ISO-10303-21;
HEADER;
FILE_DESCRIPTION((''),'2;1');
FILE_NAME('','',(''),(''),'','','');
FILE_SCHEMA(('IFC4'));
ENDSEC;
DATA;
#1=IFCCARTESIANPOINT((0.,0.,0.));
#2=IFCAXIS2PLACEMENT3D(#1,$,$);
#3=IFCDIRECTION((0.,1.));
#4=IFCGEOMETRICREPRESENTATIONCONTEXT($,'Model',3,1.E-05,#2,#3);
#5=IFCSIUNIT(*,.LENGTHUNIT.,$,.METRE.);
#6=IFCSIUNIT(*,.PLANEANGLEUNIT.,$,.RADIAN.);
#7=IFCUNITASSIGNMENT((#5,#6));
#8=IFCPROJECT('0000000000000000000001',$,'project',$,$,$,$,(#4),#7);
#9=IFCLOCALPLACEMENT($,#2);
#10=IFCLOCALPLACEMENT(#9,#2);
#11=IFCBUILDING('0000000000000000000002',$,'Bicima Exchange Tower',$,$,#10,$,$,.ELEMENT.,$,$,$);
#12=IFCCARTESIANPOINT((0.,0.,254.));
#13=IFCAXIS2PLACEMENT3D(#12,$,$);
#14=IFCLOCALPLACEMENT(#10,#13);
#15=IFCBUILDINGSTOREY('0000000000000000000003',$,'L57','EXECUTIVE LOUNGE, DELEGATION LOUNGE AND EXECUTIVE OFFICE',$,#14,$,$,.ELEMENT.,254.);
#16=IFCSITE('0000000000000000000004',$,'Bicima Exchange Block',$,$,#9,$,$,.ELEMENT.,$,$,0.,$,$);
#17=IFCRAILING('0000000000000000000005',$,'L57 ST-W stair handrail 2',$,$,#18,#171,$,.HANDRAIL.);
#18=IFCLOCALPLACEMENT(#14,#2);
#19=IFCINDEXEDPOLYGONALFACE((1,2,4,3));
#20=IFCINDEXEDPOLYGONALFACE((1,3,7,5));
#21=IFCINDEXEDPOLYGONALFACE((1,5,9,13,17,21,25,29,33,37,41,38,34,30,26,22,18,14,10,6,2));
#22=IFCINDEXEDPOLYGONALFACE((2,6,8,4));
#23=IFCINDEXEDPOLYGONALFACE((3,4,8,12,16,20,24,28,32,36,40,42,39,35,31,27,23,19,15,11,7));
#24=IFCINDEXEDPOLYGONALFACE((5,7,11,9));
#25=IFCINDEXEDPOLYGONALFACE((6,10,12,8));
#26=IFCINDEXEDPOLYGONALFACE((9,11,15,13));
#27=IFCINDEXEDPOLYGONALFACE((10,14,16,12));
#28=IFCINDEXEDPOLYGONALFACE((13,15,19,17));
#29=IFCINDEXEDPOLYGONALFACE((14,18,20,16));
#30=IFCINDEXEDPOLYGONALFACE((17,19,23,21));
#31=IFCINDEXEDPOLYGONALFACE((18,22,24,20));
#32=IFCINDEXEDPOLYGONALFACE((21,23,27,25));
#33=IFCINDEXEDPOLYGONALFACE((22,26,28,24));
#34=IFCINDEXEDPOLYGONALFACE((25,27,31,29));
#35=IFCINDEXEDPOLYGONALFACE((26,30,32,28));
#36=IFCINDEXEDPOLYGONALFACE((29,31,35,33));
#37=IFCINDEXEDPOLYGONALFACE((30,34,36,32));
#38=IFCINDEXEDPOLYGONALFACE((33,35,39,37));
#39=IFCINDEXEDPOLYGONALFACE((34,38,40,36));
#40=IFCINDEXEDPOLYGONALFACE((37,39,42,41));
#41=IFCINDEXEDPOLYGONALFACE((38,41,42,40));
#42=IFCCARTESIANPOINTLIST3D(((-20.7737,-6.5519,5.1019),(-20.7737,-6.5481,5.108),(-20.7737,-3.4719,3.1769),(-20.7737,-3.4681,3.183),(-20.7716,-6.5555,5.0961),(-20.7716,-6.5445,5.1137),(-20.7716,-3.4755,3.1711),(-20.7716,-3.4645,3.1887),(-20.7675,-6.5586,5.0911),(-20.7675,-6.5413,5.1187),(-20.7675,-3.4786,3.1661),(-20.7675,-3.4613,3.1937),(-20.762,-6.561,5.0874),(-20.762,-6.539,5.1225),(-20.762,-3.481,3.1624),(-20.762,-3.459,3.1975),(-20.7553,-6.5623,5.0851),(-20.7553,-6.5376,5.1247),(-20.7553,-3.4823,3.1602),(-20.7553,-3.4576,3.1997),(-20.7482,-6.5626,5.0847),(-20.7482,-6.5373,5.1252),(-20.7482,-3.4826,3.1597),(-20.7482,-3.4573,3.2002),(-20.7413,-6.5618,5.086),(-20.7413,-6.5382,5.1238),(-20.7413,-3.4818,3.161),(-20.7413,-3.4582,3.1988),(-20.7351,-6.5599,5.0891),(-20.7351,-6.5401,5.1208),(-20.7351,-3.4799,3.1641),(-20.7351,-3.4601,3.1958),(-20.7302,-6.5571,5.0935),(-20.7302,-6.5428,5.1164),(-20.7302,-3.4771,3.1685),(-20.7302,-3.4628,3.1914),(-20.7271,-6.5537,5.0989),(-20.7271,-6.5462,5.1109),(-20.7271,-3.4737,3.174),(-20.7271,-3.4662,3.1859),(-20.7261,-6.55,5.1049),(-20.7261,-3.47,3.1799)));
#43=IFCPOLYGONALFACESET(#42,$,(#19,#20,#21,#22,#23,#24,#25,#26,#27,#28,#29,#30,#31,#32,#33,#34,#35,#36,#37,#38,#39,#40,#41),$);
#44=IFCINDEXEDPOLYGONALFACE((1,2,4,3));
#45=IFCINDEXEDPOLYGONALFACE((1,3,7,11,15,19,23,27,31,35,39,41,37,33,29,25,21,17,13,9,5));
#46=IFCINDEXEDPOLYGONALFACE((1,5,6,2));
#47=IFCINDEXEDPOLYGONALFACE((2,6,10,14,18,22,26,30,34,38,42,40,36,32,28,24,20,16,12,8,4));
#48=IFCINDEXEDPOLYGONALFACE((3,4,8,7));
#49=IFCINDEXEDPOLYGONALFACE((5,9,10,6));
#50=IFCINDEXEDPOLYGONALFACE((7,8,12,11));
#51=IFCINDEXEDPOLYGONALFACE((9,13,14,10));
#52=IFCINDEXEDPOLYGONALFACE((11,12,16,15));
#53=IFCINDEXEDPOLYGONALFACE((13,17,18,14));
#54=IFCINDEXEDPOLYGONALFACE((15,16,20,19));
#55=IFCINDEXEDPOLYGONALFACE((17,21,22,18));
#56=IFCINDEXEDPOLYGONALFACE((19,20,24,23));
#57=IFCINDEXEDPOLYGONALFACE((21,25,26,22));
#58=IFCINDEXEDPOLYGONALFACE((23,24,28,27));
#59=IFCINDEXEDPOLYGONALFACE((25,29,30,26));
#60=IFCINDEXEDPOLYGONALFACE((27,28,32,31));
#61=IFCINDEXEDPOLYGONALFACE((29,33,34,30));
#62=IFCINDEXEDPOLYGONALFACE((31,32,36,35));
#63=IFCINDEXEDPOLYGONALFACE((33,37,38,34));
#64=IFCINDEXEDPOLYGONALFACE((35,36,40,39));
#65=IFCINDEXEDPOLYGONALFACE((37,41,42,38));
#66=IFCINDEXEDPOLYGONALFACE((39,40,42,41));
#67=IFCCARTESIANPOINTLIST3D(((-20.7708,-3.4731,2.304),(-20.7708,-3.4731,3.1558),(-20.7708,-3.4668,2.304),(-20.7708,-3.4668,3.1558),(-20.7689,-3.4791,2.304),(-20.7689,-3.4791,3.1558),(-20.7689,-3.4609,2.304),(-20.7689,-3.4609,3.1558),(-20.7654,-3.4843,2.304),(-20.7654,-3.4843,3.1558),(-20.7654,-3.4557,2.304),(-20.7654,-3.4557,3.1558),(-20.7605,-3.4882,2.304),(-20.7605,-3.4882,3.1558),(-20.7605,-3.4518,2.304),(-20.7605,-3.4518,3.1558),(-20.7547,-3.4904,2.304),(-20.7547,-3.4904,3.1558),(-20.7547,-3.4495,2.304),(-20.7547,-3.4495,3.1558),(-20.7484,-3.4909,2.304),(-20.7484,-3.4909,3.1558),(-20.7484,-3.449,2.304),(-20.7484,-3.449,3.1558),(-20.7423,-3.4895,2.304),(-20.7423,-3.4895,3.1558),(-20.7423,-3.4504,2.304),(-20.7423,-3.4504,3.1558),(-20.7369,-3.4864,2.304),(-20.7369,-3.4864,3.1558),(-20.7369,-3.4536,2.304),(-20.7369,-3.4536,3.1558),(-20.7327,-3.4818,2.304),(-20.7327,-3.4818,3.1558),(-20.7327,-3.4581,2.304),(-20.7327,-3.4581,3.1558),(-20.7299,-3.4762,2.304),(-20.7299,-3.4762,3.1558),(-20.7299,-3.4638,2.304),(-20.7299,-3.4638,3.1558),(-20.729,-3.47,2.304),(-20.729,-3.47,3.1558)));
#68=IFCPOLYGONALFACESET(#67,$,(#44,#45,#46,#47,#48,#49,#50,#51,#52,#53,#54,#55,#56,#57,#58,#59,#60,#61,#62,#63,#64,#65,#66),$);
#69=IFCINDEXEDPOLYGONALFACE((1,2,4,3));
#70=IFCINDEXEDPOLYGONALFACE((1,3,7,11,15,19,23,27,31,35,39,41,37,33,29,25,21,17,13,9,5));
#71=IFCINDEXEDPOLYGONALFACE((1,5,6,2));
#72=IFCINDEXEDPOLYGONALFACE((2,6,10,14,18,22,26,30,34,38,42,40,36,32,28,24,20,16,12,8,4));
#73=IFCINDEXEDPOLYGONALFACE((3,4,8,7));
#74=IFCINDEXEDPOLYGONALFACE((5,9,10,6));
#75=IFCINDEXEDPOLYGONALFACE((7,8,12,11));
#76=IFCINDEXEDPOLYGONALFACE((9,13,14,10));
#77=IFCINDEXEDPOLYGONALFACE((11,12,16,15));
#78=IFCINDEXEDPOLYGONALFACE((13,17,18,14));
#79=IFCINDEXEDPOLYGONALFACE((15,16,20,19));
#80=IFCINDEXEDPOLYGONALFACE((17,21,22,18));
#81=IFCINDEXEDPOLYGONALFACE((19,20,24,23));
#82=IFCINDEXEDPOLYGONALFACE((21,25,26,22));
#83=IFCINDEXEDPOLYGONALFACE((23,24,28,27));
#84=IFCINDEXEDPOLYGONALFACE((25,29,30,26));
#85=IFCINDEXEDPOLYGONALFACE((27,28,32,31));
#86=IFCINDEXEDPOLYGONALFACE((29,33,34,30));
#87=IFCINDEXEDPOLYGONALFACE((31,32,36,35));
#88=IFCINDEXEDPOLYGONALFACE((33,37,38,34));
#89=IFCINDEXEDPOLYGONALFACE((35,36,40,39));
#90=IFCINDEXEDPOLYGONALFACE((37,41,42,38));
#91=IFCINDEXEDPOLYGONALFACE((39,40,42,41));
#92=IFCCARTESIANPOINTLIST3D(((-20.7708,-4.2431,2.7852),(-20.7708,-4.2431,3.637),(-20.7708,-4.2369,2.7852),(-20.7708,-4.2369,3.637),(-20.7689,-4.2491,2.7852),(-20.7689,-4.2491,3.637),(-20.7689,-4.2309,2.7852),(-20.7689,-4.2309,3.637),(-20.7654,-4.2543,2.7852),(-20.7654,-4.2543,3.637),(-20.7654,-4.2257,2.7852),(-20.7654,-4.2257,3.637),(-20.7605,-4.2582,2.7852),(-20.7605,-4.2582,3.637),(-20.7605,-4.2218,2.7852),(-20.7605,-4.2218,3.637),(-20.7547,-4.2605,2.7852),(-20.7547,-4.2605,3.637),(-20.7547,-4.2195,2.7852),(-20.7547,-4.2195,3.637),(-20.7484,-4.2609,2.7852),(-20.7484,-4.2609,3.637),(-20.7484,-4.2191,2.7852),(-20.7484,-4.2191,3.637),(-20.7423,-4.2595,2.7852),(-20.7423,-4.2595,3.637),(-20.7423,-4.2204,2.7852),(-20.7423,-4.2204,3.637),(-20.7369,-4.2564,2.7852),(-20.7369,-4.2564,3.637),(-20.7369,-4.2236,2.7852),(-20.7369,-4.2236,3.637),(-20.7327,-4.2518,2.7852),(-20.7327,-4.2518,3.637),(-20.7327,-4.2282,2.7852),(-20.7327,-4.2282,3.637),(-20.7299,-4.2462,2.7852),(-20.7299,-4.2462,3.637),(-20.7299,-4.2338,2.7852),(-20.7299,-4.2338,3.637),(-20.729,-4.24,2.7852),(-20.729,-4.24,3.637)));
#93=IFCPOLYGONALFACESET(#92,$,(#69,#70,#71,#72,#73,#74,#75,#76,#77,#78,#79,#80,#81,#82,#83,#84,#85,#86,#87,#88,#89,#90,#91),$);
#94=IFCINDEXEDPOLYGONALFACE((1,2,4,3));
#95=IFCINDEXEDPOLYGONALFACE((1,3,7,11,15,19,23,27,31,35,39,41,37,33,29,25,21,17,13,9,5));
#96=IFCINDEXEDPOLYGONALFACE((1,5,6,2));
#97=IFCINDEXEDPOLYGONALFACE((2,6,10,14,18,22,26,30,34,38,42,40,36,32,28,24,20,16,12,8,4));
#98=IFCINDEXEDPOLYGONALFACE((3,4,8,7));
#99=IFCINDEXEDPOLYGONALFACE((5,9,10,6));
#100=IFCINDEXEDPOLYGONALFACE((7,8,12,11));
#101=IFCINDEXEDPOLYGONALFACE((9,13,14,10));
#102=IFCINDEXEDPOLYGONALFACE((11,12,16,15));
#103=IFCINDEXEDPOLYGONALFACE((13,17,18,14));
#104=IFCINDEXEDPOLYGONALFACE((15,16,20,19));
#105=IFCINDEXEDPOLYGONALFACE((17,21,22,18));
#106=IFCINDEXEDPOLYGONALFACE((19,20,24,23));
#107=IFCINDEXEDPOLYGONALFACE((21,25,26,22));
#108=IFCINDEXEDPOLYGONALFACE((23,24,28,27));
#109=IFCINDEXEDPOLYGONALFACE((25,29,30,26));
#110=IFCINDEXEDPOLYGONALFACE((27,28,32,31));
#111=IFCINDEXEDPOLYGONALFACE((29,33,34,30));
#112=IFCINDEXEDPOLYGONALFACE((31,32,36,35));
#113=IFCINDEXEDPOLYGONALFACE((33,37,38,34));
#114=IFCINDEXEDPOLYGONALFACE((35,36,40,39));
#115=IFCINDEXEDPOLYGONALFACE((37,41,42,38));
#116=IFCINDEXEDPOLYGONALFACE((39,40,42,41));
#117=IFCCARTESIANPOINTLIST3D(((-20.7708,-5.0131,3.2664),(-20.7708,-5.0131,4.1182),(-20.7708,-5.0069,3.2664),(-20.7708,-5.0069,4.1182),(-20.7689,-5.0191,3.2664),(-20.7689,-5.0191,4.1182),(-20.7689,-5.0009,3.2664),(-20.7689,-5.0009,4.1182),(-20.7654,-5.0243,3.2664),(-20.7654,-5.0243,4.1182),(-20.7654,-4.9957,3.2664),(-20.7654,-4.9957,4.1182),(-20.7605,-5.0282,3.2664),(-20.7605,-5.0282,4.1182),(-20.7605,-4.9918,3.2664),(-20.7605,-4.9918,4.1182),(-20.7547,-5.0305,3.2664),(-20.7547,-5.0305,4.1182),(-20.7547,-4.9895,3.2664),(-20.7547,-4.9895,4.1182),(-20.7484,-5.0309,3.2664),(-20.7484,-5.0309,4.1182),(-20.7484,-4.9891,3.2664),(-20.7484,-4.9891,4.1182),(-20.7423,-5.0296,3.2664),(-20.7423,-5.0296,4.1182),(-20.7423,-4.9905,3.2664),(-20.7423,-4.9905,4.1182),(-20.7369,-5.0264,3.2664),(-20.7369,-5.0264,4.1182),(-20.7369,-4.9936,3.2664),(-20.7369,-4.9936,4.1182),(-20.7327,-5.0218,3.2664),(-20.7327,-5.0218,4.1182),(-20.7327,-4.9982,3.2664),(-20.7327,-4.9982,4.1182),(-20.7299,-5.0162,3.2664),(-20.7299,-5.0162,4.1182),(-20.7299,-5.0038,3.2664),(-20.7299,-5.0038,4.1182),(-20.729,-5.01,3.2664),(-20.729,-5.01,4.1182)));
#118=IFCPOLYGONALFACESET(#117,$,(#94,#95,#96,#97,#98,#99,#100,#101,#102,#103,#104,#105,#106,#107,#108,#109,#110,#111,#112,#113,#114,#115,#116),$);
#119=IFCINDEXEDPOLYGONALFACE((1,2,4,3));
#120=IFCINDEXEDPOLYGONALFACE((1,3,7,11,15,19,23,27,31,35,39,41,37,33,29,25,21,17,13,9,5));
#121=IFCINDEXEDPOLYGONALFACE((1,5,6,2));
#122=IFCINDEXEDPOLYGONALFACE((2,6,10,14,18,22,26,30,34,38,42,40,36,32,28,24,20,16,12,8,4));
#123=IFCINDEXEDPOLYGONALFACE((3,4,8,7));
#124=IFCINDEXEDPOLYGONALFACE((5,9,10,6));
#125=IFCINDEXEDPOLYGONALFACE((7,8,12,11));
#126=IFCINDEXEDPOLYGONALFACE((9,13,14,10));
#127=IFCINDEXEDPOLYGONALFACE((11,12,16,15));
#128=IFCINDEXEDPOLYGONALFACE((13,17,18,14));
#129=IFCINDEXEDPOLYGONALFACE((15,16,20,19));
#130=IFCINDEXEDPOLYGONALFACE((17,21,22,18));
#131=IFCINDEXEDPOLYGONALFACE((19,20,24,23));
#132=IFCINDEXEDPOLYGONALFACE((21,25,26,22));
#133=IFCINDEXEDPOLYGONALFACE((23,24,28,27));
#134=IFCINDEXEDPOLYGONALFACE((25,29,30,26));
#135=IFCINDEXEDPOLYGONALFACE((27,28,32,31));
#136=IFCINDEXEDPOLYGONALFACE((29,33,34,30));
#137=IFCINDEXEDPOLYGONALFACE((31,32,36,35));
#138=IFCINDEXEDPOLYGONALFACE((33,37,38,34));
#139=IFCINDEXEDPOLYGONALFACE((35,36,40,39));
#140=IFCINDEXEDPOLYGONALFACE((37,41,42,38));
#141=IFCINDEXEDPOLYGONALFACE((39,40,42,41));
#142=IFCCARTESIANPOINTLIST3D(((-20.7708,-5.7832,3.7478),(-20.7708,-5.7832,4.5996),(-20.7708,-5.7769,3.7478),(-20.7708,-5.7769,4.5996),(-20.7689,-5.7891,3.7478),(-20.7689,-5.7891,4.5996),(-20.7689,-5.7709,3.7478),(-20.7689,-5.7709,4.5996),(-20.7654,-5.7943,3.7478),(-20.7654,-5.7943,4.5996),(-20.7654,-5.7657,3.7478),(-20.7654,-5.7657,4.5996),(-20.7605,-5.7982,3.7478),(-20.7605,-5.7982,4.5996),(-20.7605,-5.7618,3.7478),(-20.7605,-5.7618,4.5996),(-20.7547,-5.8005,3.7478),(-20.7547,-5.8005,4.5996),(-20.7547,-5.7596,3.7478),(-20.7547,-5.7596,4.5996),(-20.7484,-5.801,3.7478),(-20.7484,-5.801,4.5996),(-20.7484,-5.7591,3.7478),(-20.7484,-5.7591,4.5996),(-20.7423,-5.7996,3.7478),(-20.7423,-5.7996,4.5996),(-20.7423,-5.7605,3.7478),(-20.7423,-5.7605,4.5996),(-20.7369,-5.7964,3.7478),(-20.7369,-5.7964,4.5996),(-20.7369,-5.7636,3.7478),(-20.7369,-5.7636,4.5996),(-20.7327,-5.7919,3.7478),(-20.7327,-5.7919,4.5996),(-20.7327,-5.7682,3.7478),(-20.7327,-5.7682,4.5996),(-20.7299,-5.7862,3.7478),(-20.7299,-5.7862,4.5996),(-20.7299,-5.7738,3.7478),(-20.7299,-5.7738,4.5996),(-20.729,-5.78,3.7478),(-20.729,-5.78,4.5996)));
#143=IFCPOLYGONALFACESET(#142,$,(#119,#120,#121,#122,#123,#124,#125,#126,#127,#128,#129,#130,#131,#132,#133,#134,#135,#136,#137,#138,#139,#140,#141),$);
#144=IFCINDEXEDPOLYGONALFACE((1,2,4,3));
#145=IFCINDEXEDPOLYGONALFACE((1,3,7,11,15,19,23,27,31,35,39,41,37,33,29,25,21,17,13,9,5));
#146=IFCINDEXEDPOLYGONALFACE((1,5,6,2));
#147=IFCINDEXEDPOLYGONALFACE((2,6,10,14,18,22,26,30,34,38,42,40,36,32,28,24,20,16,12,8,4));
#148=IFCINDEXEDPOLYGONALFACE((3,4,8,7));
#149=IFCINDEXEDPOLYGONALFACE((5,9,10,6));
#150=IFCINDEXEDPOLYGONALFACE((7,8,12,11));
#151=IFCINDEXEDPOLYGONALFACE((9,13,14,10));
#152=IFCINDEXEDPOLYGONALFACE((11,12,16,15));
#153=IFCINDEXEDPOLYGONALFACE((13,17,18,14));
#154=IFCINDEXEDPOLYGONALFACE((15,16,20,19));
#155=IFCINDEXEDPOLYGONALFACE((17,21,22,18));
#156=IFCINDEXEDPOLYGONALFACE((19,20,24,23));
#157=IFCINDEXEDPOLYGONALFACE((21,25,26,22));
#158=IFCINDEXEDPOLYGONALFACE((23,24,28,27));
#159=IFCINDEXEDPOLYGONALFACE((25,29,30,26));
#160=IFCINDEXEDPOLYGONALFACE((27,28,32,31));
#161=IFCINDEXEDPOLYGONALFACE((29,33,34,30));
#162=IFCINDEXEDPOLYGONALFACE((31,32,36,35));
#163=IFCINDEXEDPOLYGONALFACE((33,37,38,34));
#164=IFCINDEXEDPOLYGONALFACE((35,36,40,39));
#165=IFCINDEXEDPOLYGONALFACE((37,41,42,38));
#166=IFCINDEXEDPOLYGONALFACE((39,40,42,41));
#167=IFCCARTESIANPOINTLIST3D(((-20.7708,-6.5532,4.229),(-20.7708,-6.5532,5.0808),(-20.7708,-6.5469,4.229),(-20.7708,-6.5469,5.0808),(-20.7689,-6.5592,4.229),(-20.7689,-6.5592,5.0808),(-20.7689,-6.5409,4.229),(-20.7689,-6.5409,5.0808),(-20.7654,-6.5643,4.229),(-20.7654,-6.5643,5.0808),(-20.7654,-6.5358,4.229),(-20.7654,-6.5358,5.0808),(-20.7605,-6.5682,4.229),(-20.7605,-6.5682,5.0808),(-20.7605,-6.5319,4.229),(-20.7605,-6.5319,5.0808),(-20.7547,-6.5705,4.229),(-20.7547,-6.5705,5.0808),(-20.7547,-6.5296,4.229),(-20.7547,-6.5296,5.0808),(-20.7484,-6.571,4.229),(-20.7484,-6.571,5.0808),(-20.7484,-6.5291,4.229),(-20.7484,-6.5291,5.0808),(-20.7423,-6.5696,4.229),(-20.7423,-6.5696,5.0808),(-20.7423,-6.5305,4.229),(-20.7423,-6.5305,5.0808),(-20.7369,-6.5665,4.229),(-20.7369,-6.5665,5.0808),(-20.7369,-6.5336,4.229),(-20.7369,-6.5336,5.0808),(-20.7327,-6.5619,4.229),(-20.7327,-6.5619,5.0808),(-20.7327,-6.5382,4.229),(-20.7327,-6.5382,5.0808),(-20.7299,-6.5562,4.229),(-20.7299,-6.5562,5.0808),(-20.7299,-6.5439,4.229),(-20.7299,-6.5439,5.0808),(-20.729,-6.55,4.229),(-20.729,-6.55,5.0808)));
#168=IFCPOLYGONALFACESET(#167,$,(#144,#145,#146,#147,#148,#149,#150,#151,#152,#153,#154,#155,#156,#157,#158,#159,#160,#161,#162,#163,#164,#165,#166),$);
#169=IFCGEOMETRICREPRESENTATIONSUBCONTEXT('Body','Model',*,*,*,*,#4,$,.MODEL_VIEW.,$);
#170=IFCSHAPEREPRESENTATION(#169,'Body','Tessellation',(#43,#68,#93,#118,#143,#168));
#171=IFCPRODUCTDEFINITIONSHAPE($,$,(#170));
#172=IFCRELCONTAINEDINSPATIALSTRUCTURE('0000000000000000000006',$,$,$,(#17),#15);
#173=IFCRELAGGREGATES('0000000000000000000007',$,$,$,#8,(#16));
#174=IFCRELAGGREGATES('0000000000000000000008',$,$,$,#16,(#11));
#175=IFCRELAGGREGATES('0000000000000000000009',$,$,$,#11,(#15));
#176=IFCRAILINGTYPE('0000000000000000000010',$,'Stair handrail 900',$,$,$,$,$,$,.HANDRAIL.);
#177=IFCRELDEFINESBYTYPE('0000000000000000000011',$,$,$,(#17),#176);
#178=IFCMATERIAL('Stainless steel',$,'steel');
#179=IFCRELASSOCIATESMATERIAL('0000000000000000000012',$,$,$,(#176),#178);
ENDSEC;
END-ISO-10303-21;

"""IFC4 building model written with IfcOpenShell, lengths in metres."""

from ifc_helpers import new_model, si_unit, direction, frame, origin, origin_2d, place, context, subcontext, project, spatial, circle, extrude, material, type_object, element, save


model = new_model("IFC4")

# Units and contexts
model_context = context("Model", 3, precision=1e-05, world=origin(), true_north=direction((0.0, 1.0)))
body_context = subcontext(model_context, "Body", "Model", "MODEL_VIEW")
ifc_project = project(units=[si_unit("LENGTHUNIT", "METRE"), si_unit("PLANEANGLEUNIT", "RADIAN")], contexts=[model_context])

# Site, building, storey
site_placement = place(None, origin())
site = spatial("IfcSite", under=ifc_project, at=site_placement, Name="Bicima Exchange Block", CompositionType="ELEMENT", RefElevation=0.0)
building_placement = place(site_placement, origin())
building = spatial("IfcBuilding", under=site, at=building_placement, Name="Bicima Exchange Tower", CompositionType="ELEMENT")
storey_placement = place(building_placement, frame((0.0, 0.0, 254.0)))
storey = spatial("IfcBuildingStorey", under=building, at=storey_placement, Name="L57", Description="EXECUTIVE LOUNGE, DELEGATION LOUNGE AND EXECUTIVE OFFICE", CompositionType="ELEMENT", Elevation=254.0)

# Railing
ifc_material_1 = material(Name="Stainless steel", Category="steel")
railing_type = type_object("IfcRailingType", Name="Stair handrail 900", PredefinedType="HANDRAIL", material=ifc_material_1)
railing_placement = place(storey_placement, frame((-20.75, -3.47, 2.304)))
element("IfcRailing", 1, at=railing_placement, inside=storey, type_object=railing_type, Name="L57 ST-W stair handrail 2", PredefinedType="HANDRAIL", context=body_context, shape_type="SweptSolid", body=[
    extrude(circle(Radius=0.0239, at=origin_2d()), frame((0.0, 0.0, 0.876), z_axis=(0.0, -0.847998, 0.529999), x_axis=(1.0, 0.0, 0.0)), (0.0, 0.0, 1.0), 3.6321),
    extrude(circle(Radius=0.021, at=origin_2d()), origin(), (0.0, 0.0, 1.0), 0.8518),
    extrude(circle(Radius=0.021, at=origin_2d()), frame((0.0, -0.77, 0.4812)), (0.0, 0.0, 1.0), 0.8518),
    extrude(circle(Radius=0.021, at=origin_2d()), frame((0.0, -1.54, 0.9624)), (0.0, 0.0, 1.0), 0.8518),
    extrude(circle(Radius=0.021, at=origin_2d()), frame((0.0, -2.3101, 1.4438)), (0.0, 0.0, 1.0), 0.8518),
    extrude(circle(Radius=0.021, at=origin_2d()), frame((0.0, -3.0801, 1.925)), (0.0, 0.0, 1.0), 0.8518),
])

save(model, "model.ifc")
